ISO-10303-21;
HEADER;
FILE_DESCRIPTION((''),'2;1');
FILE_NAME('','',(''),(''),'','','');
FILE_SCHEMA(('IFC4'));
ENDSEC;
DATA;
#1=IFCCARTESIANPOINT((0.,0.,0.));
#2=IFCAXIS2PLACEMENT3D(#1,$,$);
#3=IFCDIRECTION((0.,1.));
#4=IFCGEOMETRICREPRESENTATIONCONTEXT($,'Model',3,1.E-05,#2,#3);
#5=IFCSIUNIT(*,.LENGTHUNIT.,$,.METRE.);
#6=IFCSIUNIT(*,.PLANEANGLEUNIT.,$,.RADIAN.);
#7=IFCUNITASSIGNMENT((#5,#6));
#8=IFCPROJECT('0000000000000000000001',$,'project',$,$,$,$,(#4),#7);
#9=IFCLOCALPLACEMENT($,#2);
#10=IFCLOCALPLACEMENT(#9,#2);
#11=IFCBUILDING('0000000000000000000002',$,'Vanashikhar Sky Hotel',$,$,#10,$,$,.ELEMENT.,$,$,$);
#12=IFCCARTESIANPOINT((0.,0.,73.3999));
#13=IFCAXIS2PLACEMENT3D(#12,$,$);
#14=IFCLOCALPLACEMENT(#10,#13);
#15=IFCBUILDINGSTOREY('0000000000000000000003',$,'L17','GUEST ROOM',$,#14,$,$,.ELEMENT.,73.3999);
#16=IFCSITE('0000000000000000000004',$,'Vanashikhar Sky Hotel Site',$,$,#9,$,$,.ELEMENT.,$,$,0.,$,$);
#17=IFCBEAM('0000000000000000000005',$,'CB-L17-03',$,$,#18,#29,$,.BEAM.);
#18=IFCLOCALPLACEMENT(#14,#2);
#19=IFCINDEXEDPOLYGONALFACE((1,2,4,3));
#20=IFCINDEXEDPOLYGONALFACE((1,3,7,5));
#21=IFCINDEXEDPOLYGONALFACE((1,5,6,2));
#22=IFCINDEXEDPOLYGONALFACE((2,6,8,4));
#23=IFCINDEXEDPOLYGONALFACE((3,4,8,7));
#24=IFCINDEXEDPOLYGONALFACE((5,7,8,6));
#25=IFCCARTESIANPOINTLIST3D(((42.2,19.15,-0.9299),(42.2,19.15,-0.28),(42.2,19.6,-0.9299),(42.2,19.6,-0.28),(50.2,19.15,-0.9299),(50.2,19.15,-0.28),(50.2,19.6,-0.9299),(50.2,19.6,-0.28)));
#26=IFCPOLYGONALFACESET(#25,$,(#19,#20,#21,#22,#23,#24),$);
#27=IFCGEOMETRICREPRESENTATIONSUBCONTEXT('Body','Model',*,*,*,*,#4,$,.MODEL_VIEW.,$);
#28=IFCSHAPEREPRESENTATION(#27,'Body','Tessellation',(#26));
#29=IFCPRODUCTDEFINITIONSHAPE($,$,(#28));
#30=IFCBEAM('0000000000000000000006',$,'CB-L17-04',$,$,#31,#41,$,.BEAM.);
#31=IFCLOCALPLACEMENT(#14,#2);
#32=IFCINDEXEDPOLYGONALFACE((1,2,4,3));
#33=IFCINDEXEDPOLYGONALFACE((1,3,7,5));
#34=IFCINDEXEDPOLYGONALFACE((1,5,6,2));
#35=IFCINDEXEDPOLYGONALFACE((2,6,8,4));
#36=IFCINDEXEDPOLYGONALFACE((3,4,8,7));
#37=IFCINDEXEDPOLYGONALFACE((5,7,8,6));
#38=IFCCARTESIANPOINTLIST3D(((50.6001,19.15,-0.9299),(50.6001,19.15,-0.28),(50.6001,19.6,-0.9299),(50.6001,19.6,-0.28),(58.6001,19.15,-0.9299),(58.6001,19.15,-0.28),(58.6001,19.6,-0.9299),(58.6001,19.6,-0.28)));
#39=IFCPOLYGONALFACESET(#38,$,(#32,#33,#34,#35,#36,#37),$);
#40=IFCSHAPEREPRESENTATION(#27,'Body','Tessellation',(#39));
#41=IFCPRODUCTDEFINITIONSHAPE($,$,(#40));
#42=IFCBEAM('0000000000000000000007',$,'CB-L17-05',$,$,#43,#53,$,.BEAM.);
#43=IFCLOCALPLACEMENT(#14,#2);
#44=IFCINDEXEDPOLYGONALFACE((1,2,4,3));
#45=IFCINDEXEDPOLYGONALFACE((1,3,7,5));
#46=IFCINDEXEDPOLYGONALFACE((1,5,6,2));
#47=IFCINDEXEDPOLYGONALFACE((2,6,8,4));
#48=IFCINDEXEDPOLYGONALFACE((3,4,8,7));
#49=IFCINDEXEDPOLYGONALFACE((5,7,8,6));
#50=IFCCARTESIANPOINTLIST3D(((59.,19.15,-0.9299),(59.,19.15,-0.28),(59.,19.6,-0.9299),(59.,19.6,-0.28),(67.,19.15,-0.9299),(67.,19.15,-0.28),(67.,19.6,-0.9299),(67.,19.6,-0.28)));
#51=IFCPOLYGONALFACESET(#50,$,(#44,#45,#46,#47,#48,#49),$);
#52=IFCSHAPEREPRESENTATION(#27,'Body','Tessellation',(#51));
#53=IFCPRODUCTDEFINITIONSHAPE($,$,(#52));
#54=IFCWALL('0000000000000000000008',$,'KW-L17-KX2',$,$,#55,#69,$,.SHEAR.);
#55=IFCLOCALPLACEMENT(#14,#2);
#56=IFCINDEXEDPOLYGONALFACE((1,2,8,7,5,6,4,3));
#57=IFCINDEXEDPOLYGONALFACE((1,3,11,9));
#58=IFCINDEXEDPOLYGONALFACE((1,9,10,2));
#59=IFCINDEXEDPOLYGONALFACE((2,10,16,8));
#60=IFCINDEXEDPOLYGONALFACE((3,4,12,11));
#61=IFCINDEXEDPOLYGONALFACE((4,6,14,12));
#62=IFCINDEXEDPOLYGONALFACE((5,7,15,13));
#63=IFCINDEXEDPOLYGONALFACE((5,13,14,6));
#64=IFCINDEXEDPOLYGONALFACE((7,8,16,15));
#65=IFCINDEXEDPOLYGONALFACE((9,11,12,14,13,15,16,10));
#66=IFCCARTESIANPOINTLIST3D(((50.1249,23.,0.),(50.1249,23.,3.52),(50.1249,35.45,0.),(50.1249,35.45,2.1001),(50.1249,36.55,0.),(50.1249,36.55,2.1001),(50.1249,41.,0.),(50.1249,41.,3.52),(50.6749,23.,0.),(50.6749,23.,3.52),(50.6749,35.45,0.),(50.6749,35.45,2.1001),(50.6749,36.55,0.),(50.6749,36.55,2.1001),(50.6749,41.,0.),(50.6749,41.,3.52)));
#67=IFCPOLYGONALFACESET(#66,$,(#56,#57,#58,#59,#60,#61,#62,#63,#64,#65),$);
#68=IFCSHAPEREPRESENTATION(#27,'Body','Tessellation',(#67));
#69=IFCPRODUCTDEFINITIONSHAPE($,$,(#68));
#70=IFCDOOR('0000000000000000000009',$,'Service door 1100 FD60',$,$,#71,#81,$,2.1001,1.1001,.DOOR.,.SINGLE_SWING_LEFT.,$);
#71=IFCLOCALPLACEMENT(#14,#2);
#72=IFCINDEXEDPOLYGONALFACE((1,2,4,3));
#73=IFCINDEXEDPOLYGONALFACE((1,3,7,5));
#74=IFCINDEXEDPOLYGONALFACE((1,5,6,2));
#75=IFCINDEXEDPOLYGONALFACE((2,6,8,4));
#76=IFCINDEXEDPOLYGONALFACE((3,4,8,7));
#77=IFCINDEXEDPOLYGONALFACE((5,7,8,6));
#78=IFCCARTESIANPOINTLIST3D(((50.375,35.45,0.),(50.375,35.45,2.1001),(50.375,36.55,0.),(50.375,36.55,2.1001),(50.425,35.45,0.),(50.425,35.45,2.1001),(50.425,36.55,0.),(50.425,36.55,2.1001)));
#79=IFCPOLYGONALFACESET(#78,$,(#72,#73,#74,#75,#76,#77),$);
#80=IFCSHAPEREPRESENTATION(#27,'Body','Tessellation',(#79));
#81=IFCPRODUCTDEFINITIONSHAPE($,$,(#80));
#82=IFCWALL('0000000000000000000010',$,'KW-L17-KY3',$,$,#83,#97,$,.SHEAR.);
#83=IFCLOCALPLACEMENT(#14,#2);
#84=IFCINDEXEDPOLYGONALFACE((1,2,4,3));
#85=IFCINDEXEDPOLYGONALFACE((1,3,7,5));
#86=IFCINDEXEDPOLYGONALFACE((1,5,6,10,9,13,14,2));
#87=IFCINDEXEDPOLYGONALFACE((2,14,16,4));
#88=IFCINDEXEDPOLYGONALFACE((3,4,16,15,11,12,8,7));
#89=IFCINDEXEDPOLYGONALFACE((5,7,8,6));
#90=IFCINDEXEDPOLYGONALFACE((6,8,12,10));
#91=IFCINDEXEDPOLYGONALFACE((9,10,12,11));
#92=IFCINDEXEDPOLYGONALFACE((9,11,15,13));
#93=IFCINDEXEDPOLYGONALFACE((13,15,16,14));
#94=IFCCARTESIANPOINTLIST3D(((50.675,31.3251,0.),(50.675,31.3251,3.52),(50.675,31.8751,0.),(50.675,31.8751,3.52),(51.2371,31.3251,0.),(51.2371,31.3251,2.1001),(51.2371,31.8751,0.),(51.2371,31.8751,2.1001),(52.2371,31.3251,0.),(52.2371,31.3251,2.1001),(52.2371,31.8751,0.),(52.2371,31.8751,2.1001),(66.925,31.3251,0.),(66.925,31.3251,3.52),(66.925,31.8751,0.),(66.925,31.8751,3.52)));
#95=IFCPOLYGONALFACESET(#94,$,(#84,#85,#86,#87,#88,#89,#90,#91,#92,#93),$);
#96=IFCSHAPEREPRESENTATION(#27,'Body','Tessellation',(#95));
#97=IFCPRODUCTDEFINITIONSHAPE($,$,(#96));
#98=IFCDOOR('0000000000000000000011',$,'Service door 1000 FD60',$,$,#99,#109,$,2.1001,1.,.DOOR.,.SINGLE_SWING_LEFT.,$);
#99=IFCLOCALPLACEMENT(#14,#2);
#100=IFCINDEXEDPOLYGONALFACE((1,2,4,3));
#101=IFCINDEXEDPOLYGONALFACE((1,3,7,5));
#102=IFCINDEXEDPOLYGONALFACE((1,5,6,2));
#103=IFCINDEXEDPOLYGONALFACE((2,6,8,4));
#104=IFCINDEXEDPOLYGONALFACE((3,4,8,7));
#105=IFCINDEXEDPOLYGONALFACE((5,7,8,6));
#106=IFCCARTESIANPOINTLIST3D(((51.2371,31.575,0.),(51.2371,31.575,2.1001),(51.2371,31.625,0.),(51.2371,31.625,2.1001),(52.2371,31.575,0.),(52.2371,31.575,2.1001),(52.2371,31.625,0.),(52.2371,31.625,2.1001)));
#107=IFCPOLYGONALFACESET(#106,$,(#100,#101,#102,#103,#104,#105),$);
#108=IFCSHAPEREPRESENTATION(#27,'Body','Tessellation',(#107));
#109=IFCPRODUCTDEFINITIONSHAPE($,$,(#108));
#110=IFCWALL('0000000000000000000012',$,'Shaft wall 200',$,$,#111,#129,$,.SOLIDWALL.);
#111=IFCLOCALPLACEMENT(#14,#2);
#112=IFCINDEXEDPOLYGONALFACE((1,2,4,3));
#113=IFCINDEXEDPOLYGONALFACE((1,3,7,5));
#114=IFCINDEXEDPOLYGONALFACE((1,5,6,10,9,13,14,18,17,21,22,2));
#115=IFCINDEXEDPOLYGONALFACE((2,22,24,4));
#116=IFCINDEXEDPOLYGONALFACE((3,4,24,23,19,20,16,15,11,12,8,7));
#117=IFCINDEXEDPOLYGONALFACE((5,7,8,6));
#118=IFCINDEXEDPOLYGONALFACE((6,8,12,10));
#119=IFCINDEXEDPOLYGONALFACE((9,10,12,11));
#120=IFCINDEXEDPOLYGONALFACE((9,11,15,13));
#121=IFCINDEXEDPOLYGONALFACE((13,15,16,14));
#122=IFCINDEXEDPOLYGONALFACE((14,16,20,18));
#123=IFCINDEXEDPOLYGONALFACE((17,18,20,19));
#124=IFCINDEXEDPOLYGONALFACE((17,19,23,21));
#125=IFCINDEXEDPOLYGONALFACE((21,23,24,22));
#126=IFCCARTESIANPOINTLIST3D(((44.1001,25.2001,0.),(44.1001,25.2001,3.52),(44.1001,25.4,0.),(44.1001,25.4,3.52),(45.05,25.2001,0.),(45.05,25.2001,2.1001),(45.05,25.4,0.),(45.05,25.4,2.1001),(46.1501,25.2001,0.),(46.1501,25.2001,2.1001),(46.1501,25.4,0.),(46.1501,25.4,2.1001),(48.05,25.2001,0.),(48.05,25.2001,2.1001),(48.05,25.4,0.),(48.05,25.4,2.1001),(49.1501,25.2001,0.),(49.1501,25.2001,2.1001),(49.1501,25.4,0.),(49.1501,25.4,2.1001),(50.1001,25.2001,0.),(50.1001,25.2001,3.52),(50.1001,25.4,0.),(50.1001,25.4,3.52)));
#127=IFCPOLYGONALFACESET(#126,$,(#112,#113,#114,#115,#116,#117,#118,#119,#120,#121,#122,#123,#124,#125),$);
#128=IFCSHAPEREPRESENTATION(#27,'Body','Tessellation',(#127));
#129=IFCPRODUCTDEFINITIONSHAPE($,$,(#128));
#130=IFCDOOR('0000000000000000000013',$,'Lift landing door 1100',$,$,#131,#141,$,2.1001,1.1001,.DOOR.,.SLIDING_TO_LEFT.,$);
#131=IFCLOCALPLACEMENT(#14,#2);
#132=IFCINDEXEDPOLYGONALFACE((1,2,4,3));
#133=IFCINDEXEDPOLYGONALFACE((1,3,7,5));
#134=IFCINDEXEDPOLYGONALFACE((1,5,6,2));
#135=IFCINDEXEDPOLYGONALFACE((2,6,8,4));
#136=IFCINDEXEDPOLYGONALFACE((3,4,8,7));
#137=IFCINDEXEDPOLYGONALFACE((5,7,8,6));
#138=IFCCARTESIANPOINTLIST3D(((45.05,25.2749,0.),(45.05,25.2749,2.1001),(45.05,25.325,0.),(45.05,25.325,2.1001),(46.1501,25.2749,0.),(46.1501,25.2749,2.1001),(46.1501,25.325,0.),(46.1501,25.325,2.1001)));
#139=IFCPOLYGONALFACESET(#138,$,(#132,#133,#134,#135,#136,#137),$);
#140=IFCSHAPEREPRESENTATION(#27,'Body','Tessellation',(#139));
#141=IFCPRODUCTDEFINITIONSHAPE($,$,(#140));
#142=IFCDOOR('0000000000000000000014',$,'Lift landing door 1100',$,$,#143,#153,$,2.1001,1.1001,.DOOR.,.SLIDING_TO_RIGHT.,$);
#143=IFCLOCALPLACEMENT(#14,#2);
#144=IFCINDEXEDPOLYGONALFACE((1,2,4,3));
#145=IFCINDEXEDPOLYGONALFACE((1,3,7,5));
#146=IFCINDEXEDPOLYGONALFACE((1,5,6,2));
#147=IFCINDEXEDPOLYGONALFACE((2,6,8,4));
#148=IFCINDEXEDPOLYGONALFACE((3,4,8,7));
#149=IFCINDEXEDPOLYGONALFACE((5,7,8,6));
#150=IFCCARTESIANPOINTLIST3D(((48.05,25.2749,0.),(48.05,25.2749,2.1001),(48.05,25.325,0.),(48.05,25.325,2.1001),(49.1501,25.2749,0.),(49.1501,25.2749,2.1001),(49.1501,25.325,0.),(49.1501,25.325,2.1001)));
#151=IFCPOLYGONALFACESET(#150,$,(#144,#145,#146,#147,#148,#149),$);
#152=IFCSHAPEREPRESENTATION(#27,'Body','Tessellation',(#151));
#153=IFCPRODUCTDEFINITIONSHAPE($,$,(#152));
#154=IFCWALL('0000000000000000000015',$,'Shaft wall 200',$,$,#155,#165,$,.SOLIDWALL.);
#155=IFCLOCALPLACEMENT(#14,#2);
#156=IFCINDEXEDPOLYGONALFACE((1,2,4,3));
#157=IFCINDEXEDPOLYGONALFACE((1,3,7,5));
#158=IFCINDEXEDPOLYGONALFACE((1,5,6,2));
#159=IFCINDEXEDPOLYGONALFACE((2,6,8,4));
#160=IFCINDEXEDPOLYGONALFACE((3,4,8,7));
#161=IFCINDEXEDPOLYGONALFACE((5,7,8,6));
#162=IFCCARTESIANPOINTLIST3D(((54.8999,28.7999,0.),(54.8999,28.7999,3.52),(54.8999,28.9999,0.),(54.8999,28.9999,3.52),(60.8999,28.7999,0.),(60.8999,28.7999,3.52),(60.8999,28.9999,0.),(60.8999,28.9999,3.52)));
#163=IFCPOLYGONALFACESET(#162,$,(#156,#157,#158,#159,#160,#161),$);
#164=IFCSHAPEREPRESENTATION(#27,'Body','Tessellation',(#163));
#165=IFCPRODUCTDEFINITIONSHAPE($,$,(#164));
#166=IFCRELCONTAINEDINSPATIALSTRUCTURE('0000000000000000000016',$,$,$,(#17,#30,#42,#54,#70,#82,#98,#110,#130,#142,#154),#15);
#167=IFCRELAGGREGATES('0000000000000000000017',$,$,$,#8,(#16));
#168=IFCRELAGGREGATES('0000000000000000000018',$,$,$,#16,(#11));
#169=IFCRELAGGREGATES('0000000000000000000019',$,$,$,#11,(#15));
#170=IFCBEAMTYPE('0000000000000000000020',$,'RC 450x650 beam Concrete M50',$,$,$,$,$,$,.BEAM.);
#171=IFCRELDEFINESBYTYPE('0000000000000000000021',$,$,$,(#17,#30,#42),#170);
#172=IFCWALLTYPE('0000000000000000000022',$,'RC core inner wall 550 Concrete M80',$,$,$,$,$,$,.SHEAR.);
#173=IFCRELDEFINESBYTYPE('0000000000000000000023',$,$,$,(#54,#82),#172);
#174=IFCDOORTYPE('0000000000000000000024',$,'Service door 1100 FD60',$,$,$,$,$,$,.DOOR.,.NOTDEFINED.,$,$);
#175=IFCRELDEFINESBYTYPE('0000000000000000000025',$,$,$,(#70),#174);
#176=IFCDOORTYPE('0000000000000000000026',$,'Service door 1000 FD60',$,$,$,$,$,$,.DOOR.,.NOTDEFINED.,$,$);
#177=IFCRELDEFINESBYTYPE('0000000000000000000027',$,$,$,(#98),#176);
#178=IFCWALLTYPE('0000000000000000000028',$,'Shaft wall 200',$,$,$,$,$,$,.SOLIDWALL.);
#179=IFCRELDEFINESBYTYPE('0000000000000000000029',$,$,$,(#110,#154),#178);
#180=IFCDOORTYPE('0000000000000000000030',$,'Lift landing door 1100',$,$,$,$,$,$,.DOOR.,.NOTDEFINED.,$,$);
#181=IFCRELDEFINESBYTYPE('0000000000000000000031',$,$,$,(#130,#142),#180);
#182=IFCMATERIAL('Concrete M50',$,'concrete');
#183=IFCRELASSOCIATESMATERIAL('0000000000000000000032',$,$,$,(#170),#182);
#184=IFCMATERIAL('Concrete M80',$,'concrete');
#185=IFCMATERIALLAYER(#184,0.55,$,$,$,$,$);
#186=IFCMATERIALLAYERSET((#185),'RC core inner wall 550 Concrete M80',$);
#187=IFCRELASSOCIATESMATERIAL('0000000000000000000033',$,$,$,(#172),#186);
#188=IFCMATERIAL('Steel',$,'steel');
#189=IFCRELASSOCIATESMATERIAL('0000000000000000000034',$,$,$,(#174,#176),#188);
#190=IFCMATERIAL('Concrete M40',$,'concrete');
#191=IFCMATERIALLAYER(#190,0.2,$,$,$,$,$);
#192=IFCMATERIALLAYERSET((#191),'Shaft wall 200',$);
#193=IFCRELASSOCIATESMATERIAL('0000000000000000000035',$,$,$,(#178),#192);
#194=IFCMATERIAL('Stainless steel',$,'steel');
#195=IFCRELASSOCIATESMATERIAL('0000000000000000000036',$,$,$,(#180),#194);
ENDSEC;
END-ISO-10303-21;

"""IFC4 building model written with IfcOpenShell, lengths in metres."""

from ifc_helpers import new_model, si_unit, direction, frame, frame_2d, origin, origin_2d, place, context, subcontext, project, spatial, rectangle, extrude, source, transform, mapped, material, layer, layer_set, material_profile, profile_set, type_object, element, fill, save


model = new_model("IFC4")

# Units and contexts
model_context = context("Model", 3, precision=1e-05, world=origin(), true_north=direction((0.0, 1.0)))
body_context = subcontext(model_context, "Body", "Model", "MODEL_VIEW")
ifc_project = project(units=[si_unit("LENGTHUNIT", "METRE"), si_unit("PLANEANGLEUNIT", "RADIAN")], contexts=[model_context])

# Site, building, storey
site_placement = place(None, origin())
site = spatial("IfcSite", under=ifc_project, at=site_placement, Name="Vanashikhar Sky Hotel Site", CompositionType="ELEMENT", RefElevation=0.0)
building_placement = place(site_placement, origin())
building = spatial("IfcBuilding", under=site, at=building_placement, Name="Vanashikhar Sky Hotel", CompositionType="ELEMENT")
storey_placement = place(building_placement, frame((0.0, 0.0, 73.3999)))
storey = spatial("IfcBuildingStorey", under=building, at=storey_placement, Name="L17", Description="GUEST ROOM", CompositionType="ELEMENT", Elevation=73.3999)

# Beams
ifc_material_1 = material(Name="Concrete M50", Category="concrete")
ifc_material_profile = material_profile(ifc_material_1, rectangle(XDim=0.45, YDim=0.6499, at=origin_2d()))
ifc_profile_set = profile_set([ifc_material_profile], Name="RC 450x650 beam Concrete M50")
beam_type = type_object("IfcBeamType", Name="RC 450x650 beam Concrete M50", PredefinedType="BEAM", material=ifc_profile_set)
shared_shape_1 = source(origin(), body_context, "Body", "SweptSolid", [
    extrude(rectangle(XDim=0.45, YDim=0.6499, at=origin_2d()), origin(), (0.0, 0.0, 1.0), 8.0),
])
for number, where, z_axis, x_axis, name in (
    (1, (42.2, 19.375, -0.605), (1.0, 0.0, 0.0), (0.0, 1.0, 0.0), "CB-L17-03"),
    (2, (50.6001, 19.375, -0.605), (1.0, 0.0, 0.0), (0.0, 1.0, 0.0), "CB-L17-04"),
    (3, (59.0, 19.375, -0.605), (1.0, 0.0, 0.0), (0.0, 1.0, 0.0), "CB-L17-05"),
):
    element("IfcBeam", number, at=place(storey_placement, frame(where, z_axis=z_axis, x_axis=x_axis)), inside=storey, type_object=beam_type, Name=name, PredefinedType="BEAM", context=body_context, shape_type="MappedRepresentation", body=[
        mapped(shared_shape_1, transform((0.0, 0.0, 0.0), scale=1.0)),
    ])

# Walls, openings, doors
ifc_material_2 = material(Name="Concrete M80", Category="concrete")
ifc_layer_1 = layer(ifc_material_2, 0.55)
ifc_layer_set_1 = layer_set([ifc_layer_1], Name="RC core inner wall 550 Concrete M80")
wall_type_1 = type_object("IfcWallType", Name="RC core inner wall 550 Concrete M80", PredefinedType="SHEAR", material=ifc_layer_set_1)
shared_shape_2 = source(origin(), body_context, "Body", "SweptSolid", [
    extrude(rectangle(XDim=18.0, YDim=0.55, at=frame_2d((9.0, 0.0))), origin(), (0.0, 0.0, 1.0), 3.52),
])
wall_1_placement = place(storey_placement, frame((50.3999, 23.0, 0.0), z_axis=(0.0, 0.0, 1.0), x_axis=(0.0, 1.0, 0.0)))
wall_1 = element("IfcWall", 4, at=wall_1_placement, inside=storey, type_object=wall_type_1, Name="KW-L17-KX2", PredefinedType="SHEAR", context=body_context, shape_type="MappedRepresentation", body=[
    mapped(shared_shape_2, transform((0.0, 0.0, 0.0), scale=1.0)),
])
shared_shape_3 = source(origin(), body_context, "Body", "SweptSolid", [
    extrude(rectangle(XDim=1.1001, YDim=2.1001, at=frame_2d((0.55, 1.05))), frame((0.0, 0.2852, 0.0), z_axis=(0.0, -1.0, 0.0), x_axis=(1.0, 0.0, 0.0)), (0.0, 0.0, 1.0), 0.5701),
])
opening_1_placement = place(wall_1_placement, frame((12.45, 0.0, 0.0)))
opening_1 = element("IfcOpeningElement", 5, at=opening_1_placement, cuts=wall_1, PredefinedType="OPENING", context=body_context, shape_type="MappedRepresentation", body=[
    mapped(shared_shape_3, transform((0.0, 0.0, 0.0), scale=1.0)),
])
ifc_material_3 = material(Name="Steel", Category="steel")
door_type_1 = type_object("IfcDoorType", Name="Service door 1100 FD60", OperationType="NOTDEFINED", PredefinedType="DOOR", material=ifc_material_3)
shared_shape_4 = source(origin(), body_context, "Body", "SweptSolid", [
    extrude(rectangle(XDim=1.1001, YDim=2.1001, at=frame_2d((0.55, 1.05))), frame((0.0, 0.0249, 0.0), z_axis=(0.0, -1.0, 0.0), x_axis=(1.0, 0.0, 0.0)), (0.0, 0.0, 1.0), 0.05),
])
door_1_placement = place(opening_1_placement, origin())
door_1 = element("IfcDoor", 6, at=door_1_placement, inside=storey, type_object=door_type_1, Name="Service door 1100 FD60", OperationType="SINGLE_SWING_LEFT", OverallHeight=2.1001, OverallWidth=1.1001, PredefinedType="DOOR", context=body_context, shape_type="MappedRepresentation", body=[
    mapped(shared_shape_4, transform((0.0, 0.0, 0.0), scale=1.0)),
])
fill(opening_1, door_1)
shared_shape_5 = source(origin(), body_context, "Body", "SweptSolid", [
    extrude(rectangle(XDim=16.25, YDim=0.55, at=frame_2d((8.125, 0.0))), origin(), (0.0, 0.0, 1.0), 3.52),
])
wall_2_placement = place(storey_placement, frame((50.675, 31.6001, 0.0), z_axis=(0.0, 0.0, 1.0), x_axis=(1.0, 0.0, 0.0)))
wall_2 = element("IfcWall", 7, at=wall_2_placement, inside=storey, type_object=wall_type_1, Name="KW-L17-KY3", PredefinedType="SHEAR", context=body_context, shape_type="MappedRepresentation", body=[
    mapped(shared_shape_5, transform((0.0, 0.0, 0.0), scale=1.0)),
])
shared_shape_6 = source(origin(), body_context, "Body", "SweptSolid", [
    extrude(rectangle(XDim=1.0, YDim=2.1001, at=frame_2d((0.5, 1.05))), frame((0.0, 0.2852, 0.0), z_axis=(0.0, -1.0, 0.0), x_axis=(1.0, 0.0, 0.0)), (0.0, 0.0, 1.0), 0.5701),
])
opening_2_placement = place(wall_2_placement, frame((0.562, 0.0, 0.0)))
opening_2 = element("IfcOpeningElement", 8, at=opening_2_placement, cuts=wall_2, PredefinedType="OPENING", context=body_context, shape_type="MappedRepresentation", body=[
    mapped(shared_shape_6, transform((0.0, 0.0, 0.0), scale=1.0)),
])
door_type_2 = type_object("IfcDoorType", Name="Service door 1000 FD60", OperationType="NOTDEFINED", PredefinedType="DOOR", material=ifc_material_3)
shared_shape_7 = source(origin(), body_context, "Body", "SweptSolid", [
    extrude(rectangle(XDim=1.0, YDim=2.1001, at=frame_2d((0.5, 1.05))), frame((0.0, 0.0249, 0.0), z_axis=(0.0, -1.0, 0.0), x_axis=(1.0, 0.0, 0.0)), (0.0, 0.0, 1.0), 0.05),
])
door_2_placement = place(opening_2_placement, origin())
door_2 = element("IfcDoor", 9, at=door_2_placement, inside=storey, type_object=door_type_2, Name="Service door 1000 FD60", OperationType="SINGLE_SWING_LEFT", OverallHeight=2.1001, OverallWidth=1.0, PredefinedType="DOOR", context=body_context, shape_type="MappedRepresentation", body=[
    mapped(shared_shape_7, transform((0.0, 0.0, 0.0), scale=1.0)),
])
fill(opening_2, door_2)

# Wall, openings, doors
ifc_material_4 = material(Name="Concrete M40", Category="concrete")
ifc_layer_2 = layer(ifc_material_4, 0.2)
ifc_layer_set_2 = layer_set([ifc_layer_2], Name="Shaft wall 200")
wall_type_2 = type_object("IfcWallType", Name="Shaft wall 200", PredefinedType="SOLIDWALL", material=ifc_layer_set_2)
shared_shape_8 = source(origin(), body_context, "Body", "SweptSolid", [
    extrude(rectangle(XDim=6.0, YDim=0.2, at=frame_2d((3.0, 0.0))), origin(), (0.0, 0.0, 1.0), 3.52),
])
wall_3_placement = place(storey_placement, frame((44.1001, 25.3, 0.0), z_axis=(0.0, 0.0, 1.0), x_axis=(1.0, 0.0, 0.0)))
wall_3 = element("IfcWall", 10, at=wall_3_placement, inside=storey, type_object=wall_type_2, Name="Shaft wall 200", PredefinedType="SOLIDWALL", context=body_context, shape_type="MappedRepresentation", body=[
    mapped(shared_shape_8, transform((0.0, 0.0, 0.0), scale=1.0)),
])
shared_shape_9 = source(origin(), body_context, "Body", "SweptSolid", [
    extrude(rectangle(XDim=1.1001, YDim=2.1001, at=frame_2d((0.55, 1.05))), frame((0.0, 0.1099, 0.0), z_axis=(0.0, -1.0, 0.0), x_axis=(1.0, 0.0, 0.0)), (0.0, 0.0, 1.0), 0.22),
])
opening_3_placement = place(wall_3_placement, frame((0.95, 0.0, 0.0)))
opening_3 = element("IfcOpeningElement", 11, at=opening_3_placement, cuts=wall_3, PredefinedType="OPENING", context=body_context, shape_type="MappedRepresentation", body=[
    mapped(shared_shape_9, transform((0.0, 0.0, 0.0), scale=1.0)),
])
opening_4_placement = place(wall_3_placement, frame((3.95, 0.0, 0.0)))
opening_4 = element("IfcOpeningElement", 12, at=opening_4_placement, cuts=wall_3, PredefinedType="OPENING", context=body_context, shape_type="MappedRepresentation", body=[
    mapped(shared_shape_9, transform((0.0, 0.0, 0.0), scale=1.0)),
])
ifc_material_5 = material(Name="Stainless steel", Category="steel")
door_type_3 = type_object("IfcDoorType", Name="Lift landing door 1100", OperationType="NOTDEFINED", PredefinedType="DOOR", material=ifc_material_5)
door_3_placement = place(opening_3_placement, origin())
door_3 = element("IfcDoor", 13, at=door_3_placement, inside=storey, type_object=door_type_3, Name="Lift landing door 1100", OperationType="SLIDING_TO_LEFT", OverallHeight=2.1001, OverallWidth=1.1001, PredefinedType="DOOR", context=body_context, shape_type="MappedRepresentation", body=[
    mapped(shared_shape_4, transform((0.0, 0.0, 0.0), scale=1.0)),
])
fill(opening_3, door_3)
door_4_placement = place(opening_4_placement, origin())
door_4 = element("IfcDoor", 14, at=door_4_placement, inside=storey, type_object=door_type_3, Name="Lift landing door 1100", OperationType="SLIDING_TO_RIGHT", OverallHeight=2.1001, OverallWidth=1.1001, PredefinedType="DOOR", context=body_context, shape_type="MappedRepresentation", body=[
    mapped(shared_shape_4, transform((0.0, 0.0, 0.0), scale=1.0)),
])
fill(opening_4, door_4)

# Wall
wall_4_placement = place(storey_placement, frame((60.8999, 28.8999, 0.0), z_axis=(0.0, 0.0, 1.0), x_axis=(-1.0, 0.0, 0.0)))
element("IfcWall", 15, at=wall_4_placement, inside=storey, type_object=wall_type_2, Name="Shaft wall 200", PredefinedType="SOLIDWALL", context=body_context, shape_type="MappedRepresentation", body=[
    mapped(shared_shape_8, transform((0.0, 0.0, 0.0), scale=1.0)),
])

save(model, "model.ifc")
